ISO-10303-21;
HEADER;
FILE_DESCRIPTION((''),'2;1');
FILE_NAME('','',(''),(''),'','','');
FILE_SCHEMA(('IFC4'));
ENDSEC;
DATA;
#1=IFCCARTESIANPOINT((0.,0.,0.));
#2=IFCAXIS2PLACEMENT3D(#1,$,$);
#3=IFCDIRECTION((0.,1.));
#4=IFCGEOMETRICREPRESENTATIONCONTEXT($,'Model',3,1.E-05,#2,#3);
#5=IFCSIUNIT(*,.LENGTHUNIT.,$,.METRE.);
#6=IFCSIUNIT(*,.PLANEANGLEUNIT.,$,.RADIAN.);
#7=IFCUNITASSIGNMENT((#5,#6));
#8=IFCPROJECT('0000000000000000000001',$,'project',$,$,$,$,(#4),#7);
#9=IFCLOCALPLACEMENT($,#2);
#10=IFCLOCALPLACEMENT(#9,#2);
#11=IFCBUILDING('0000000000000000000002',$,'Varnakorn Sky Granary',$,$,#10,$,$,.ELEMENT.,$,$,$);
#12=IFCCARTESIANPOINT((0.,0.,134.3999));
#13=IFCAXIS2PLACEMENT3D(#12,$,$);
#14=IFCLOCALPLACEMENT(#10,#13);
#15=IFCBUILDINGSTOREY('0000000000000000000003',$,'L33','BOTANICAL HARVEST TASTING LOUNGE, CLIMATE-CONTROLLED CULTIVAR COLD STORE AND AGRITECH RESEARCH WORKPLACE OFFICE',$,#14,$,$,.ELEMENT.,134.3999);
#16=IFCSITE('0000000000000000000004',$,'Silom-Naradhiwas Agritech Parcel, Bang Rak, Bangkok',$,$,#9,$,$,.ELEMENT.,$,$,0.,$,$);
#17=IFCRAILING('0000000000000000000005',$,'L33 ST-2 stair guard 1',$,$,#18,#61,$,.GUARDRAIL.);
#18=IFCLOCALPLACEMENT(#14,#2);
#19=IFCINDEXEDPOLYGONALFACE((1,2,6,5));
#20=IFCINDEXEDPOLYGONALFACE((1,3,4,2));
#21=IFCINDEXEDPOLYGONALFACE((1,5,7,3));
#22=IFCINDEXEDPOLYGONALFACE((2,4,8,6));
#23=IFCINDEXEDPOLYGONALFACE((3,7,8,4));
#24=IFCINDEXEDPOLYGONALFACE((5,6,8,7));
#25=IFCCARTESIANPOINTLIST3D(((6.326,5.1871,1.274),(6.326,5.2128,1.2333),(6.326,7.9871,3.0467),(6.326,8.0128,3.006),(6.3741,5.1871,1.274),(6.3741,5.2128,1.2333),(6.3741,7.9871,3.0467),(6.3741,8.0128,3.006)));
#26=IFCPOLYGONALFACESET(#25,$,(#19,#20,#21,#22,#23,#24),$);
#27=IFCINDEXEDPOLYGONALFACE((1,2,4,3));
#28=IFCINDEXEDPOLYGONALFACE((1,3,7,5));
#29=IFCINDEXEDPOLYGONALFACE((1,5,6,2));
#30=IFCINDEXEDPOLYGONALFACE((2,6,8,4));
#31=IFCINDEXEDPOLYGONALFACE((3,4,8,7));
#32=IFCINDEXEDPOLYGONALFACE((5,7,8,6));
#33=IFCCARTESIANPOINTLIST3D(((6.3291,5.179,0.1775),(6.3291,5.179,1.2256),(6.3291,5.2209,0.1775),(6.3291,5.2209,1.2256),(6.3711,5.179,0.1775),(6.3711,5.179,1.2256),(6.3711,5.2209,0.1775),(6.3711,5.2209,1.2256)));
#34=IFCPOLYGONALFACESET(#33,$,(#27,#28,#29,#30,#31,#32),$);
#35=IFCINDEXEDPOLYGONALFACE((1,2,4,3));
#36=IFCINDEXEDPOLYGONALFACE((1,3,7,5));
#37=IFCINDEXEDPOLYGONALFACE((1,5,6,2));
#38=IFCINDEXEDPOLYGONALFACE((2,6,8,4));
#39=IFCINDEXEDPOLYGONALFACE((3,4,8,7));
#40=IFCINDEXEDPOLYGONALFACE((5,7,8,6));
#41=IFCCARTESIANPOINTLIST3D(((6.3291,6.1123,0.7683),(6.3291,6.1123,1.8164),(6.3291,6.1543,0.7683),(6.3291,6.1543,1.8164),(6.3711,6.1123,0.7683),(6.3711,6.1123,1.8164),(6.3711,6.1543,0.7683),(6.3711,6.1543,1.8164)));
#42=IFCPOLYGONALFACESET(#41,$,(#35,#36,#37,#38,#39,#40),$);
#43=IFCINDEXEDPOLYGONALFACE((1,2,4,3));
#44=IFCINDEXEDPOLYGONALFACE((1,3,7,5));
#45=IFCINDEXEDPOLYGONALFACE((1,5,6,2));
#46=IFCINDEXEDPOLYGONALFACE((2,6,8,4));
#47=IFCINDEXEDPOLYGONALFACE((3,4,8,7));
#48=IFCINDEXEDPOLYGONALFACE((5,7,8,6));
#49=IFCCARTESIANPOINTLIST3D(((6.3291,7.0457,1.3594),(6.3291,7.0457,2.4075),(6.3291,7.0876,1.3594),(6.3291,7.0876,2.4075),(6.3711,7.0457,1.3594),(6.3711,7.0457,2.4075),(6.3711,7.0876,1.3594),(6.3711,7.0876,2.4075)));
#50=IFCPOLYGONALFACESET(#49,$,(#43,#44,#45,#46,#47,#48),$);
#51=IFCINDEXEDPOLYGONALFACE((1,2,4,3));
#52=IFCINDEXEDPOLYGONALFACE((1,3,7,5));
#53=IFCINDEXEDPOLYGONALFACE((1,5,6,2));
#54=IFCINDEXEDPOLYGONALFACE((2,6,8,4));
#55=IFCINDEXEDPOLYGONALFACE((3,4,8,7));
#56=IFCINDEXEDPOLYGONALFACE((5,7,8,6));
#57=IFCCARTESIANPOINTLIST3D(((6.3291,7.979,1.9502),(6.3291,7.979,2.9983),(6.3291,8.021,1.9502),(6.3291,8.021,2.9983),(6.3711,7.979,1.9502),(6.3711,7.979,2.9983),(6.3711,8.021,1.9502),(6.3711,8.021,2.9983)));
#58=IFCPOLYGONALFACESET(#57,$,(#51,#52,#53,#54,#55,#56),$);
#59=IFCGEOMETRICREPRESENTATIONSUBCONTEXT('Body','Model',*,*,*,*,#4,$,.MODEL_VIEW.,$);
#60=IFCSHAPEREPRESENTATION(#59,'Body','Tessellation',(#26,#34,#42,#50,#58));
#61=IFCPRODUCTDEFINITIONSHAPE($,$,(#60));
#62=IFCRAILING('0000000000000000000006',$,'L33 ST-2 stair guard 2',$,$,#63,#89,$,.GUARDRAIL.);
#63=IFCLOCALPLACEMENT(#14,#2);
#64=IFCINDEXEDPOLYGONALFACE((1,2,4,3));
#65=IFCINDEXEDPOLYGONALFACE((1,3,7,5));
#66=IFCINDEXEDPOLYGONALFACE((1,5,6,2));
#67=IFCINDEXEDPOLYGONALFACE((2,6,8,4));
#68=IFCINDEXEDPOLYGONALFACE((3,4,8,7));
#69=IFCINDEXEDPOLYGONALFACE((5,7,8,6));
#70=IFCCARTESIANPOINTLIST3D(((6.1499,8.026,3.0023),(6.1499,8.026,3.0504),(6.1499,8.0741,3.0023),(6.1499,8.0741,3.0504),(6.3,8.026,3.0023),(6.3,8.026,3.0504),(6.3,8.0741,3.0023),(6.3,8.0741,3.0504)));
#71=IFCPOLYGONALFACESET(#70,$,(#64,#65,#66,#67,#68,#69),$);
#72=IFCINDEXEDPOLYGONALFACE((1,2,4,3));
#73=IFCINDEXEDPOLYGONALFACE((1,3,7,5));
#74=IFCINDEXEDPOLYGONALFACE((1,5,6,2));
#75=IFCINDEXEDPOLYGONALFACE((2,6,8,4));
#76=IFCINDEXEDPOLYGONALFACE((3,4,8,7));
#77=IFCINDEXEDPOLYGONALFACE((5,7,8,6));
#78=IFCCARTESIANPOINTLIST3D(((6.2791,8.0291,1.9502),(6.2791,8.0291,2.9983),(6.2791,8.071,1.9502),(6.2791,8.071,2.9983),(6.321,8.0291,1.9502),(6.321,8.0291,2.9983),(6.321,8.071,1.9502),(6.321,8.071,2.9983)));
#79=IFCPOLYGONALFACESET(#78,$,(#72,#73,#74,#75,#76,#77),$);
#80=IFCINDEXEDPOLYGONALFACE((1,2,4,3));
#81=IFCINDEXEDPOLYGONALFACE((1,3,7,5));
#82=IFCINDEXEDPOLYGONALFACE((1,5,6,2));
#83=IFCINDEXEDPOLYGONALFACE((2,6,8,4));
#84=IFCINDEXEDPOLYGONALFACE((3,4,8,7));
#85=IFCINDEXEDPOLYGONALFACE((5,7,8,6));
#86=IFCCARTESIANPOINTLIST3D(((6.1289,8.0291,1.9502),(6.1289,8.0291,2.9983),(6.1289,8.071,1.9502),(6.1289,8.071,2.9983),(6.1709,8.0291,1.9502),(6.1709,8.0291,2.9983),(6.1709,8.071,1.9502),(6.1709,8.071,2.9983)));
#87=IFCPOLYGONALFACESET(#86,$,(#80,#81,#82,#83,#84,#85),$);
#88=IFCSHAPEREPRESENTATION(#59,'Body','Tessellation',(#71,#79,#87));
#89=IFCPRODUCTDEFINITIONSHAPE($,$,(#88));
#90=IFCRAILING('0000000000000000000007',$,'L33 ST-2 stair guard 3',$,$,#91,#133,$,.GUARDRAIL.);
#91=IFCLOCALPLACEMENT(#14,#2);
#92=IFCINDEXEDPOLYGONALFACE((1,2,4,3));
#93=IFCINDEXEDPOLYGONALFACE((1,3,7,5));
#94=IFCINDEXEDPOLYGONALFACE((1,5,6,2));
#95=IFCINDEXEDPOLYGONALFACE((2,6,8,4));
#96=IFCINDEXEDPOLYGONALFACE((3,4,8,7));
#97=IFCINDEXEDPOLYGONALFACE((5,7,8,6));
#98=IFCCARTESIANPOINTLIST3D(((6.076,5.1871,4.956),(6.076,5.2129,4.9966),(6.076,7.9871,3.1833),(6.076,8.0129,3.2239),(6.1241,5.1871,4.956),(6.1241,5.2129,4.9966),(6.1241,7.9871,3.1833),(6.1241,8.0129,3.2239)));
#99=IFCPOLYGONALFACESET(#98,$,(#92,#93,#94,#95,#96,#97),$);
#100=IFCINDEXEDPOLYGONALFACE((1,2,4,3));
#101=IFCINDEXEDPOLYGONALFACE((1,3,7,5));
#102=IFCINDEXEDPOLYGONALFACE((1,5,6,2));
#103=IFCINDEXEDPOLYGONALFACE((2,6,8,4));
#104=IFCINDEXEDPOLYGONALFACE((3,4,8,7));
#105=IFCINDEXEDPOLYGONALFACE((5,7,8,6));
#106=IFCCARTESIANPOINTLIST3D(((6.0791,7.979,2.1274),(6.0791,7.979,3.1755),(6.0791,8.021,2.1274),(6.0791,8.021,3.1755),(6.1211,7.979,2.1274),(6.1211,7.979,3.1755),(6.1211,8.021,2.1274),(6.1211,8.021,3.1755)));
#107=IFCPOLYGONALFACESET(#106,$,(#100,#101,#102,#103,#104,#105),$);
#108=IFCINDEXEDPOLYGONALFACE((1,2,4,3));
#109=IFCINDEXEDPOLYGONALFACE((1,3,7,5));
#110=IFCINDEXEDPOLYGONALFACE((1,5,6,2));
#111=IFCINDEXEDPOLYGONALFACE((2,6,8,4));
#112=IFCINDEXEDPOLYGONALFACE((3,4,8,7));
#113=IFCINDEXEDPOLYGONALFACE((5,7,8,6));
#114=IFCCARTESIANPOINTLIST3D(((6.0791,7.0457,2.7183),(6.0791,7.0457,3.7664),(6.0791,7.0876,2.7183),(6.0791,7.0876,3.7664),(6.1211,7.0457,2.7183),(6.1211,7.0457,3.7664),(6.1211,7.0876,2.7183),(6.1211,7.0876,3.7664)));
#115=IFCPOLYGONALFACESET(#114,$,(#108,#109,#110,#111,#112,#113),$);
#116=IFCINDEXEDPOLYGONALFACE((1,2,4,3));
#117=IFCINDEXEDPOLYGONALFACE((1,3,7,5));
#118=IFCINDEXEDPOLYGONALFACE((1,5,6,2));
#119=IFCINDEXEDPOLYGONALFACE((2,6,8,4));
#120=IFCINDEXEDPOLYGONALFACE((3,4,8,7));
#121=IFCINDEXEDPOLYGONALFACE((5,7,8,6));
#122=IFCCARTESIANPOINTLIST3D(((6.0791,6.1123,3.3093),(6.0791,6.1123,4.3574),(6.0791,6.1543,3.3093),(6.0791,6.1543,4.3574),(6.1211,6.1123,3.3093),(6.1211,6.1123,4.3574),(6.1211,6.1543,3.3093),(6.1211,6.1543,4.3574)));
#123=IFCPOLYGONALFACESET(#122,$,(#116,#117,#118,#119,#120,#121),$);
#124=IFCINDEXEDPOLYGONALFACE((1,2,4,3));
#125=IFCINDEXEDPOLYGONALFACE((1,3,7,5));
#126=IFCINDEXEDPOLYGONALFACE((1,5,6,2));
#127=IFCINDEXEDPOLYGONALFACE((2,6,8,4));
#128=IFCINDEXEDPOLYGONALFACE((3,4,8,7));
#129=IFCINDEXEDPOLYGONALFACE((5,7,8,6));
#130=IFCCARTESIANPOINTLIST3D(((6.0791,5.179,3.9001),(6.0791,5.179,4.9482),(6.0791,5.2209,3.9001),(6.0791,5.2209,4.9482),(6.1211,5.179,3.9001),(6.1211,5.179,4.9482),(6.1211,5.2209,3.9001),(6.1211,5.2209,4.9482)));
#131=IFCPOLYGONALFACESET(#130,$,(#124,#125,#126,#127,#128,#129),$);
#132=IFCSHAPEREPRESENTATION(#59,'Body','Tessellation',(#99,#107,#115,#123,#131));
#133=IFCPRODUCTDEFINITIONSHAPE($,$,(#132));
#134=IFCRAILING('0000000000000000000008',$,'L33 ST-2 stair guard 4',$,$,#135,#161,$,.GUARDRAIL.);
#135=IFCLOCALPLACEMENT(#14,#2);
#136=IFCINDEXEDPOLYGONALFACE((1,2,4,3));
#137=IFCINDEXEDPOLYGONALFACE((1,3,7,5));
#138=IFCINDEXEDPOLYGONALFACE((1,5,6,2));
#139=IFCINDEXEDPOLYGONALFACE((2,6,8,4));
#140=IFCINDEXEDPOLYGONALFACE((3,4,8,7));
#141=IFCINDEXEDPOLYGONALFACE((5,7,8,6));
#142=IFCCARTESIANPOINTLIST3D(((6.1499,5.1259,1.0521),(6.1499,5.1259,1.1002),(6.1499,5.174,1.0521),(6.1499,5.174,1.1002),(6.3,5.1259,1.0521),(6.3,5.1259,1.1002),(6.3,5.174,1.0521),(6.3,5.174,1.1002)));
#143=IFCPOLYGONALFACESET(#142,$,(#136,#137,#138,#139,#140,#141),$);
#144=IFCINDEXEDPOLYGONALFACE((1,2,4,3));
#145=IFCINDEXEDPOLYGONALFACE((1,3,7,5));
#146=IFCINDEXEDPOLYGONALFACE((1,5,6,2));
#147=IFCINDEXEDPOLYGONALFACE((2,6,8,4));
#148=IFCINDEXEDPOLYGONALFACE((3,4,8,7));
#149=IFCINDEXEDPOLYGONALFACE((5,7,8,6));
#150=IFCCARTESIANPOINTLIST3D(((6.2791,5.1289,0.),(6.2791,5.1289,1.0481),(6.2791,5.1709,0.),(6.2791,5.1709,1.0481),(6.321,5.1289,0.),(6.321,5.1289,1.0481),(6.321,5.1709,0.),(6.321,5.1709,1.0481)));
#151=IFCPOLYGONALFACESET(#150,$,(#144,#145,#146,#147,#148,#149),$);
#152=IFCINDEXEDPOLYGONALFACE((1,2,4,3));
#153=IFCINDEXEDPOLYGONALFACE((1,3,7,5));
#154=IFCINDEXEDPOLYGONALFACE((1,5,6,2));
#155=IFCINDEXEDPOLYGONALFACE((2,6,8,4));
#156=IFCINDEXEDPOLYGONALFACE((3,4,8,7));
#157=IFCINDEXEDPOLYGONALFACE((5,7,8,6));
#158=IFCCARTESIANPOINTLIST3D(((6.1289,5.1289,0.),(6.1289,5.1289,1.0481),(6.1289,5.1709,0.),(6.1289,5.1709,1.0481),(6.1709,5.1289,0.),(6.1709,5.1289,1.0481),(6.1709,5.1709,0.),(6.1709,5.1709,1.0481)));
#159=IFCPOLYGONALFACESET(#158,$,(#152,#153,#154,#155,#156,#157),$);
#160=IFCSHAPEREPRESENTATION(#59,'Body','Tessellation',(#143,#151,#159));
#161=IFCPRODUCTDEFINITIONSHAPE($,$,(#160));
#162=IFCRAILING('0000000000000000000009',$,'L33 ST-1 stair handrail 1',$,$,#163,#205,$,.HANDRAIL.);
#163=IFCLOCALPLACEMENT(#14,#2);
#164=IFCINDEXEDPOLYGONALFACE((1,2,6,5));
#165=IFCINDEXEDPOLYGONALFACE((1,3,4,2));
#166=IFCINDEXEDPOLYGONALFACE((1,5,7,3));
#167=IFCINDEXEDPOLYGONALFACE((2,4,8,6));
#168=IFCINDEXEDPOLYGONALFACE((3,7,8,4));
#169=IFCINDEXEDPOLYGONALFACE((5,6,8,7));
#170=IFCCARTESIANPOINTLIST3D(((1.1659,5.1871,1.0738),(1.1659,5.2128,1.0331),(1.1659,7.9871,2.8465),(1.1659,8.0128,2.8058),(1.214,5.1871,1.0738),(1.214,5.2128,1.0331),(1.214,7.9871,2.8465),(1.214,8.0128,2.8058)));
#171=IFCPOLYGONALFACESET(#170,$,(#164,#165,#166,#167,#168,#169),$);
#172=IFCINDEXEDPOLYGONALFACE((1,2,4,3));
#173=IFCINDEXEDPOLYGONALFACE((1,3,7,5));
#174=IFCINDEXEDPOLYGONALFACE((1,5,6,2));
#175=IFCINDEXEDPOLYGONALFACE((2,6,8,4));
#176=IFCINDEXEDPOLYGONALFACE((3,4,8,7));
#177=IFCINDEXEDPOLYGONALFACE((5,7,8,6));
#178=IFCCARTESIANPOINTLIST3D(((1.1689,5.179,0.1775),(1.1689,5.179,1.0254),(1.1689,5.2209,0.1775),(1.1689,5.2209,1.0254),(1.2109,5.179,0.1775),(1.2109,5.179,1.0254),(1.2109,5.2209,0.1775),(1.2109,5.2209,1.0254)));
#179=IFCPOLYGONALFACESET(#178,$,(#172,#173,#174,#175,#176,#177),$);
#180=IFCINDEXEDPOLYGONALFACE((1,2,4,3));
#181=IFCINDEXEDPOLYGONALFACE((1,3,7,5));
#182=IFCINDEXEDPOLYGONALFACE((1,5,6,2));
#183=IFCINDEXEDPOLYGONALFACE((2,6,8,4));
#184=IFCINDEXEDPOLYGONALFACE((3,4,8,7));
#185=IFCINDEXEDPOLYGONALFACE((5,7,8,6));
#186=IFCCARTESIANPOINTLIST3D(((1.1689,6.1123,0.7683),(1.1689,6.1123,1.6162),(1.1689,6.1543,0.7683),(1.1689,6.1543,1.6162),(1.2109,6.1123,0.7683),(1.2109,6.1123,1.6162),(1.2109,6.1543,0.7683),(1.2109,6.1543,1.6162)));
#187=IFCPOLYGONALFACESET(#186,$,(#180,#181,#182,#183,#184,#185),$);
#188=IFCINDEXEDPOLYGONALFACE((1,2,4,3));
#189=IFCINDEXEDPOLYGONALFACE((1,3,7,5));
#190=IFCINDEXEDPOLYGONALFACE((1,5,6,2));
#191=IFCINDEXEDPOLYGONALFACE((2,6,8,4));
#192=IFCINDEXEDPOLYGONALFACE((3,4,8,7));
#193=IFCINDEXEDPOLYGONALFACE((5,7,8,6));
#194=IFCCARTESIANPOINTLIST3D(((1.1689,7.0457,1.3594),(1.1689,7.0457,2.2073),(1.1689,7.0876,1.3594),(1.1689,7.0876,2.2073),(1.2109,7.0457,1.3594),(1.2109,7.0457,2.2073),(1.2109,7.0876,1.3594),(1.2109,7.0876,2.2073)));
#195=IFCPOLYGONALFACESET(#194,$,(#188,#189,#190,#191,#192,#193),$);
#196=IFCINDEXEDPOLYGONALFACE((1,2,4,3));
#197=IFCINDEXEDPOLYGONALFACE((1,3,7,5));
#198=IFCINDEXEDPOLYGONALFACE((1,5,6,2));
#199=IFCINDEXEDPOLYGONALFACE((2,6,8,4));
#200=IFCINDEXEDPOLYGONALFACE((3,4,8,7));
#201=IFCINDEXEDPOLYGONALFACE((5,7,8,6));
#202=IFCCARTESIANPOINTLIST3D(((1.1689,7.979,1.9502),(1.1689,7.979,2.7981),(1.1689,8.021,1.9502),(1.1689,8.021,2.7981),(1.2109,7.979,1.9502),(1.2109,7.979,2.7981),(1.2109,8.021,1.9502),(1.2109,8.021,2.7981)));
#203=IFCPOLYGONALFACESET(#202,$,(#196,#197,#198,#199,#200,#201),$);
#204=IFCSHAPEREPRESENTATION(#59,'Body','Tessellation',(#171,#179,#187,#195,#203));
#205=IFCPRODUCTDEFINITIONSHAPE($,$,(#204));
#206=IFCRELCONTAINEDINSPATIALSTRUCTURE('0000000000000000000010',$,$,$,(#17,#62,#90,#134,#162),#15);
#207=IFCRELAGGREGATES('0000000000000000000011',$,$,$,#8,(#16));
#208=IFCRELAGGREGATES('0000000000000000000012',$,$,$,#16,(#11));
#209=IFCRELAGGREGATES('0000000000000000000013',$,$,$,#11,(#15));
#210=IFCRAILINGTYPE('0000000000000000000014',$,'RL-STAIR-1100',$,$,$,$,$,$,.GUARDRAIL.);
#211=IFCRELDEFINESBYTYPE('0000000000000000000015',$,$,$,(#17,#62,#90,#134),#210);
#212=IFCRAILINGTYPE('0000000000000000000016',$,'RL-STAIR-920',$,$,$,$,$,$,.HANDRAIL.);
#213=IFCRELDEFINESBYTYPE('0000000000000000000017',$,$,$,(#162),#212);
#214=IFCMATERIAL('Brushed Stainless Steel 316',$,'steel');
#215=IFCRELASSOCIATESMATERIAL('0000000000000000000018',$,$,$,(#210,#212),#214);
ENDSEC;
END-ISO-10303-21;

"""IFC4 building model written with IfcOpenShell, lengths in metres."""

from ifc_helpers import new_model, si_unit, direction, frame, origin, origin_2d, place, context, subcontext, project, spatial, rectangle, extrude, material, type_object, element, save


model = new_model("IFC4")

# Units and contexts
model_context = context("Model", 3, precision=1e-05, world=origin(), true_north=direction((0.0, 1.0)))
body_context = subcontext(model_context, "Body", "Model", "MODEL_VIEW")
ifc_project = project(units=[si_unit("LENGTHUNIT", "METRE"), si_unit("PLANEANGLEUNIT", "RADIAN")], contexts=[model_context])

# Site, building, storey
site_placement = place(None, origin())
site = spatial("IfcSite", under=ifc_project, at=site_placement, Name="Silom-Naradhiwas Agritech Parcel, Bang Rak, Bangkok", CompositionType="ELEMENT", RefElevation=0.0)
building_placement = place(site_placement, origin())
building = spatial("IfcBuilding", under=site, at=building_placement, Name="Varnakorn Sky Granary", CompositionType="ELEMENT")
storey_placement = place(building_placement, frame((0.0, 0.0, 134.3999)))
storey = spatial("IfcBuildingStorey", under=building, at=storey_placement, Name="L33", Description="BOTANICAL HARVEST TASTING LOUNGE, CLIMATE-CONTROLLED CULTIVAR COLD STORE AND AGRITECH RESEARCH WORKPLACE OFFICE", CompositionType="ELEMENT", Elevation=134.3999)

# Railings
ifc_material_1 = material(Name="Brushed Stainless Steel 316", Category="steel")
railing_type_1 = type_object("IfcRailingType", Name="RL-STAIR-1100", PredefinedType="GUARDRAIL", material=ifc_material_1)
railing_1_placement = place(storey_placement, frame((6.3501, 5.2, 0.1775)))
element("IfcRailing", 1, at=railing_1_placement, inside=storey, type_object=railing_type_1, Name="L33 ST-2 stair guard 1", PredefinedType="GUARDRAIL", context=body_context, shape_type="SweptSolid", body=[
    extrude(rectangle(XDim=0.0481, YDim=0.0481, at=origin_2d()), frame((0.0, 0.0, 1.0762), z_axis=(0.0, 0.844909, 0.53491), x_axis=(-1.0, 0.0, 0.0)), (0.0, 0.0, 1.0), 3.314),
    extrude(rectangle(XDim=0.042, YDim=0.042, at=origin_2d()), origin(), (0.0, 0.0, 1.0), 1.0481),
    extrude(rectangle(XDim=0.042, YDim=0.042, at=origin_2d()), frame((0.0, 0.9333, 0.5908)), (0.0, 0.0, 1.0), 1.0481),
    extrude(rectangle(XDim=0.042, YDim=0.042, at=origin_2d()), frame((0.0, 1.8667, 1.1819)), (0.0, 0.0, 1.0), 1.0481),
    extrude(rectangle(XDim=0.042, YDim=0.042, at=origin_2d()), frame((0.0, 2.8, 1.7727)), (0.0, 0.0, 1.0), 1.0481),
])
railing_2_placement = place(storey_placement, frame((6.3, 8.05, 1.9502)))
element("IfcRailing", 2, at=railing_2_placement, inside=storey, type_object=railing_type_1, Name="L33 ST-2 stair guard 2", PredefinedType="GUARDRAIL", context=body_context, shape_type="SweptSolid", body=[
    extrude(rectangle(XDim=0.0481, YDim=0.0481, at=origin_2d()), frame((0.0, 0.0, 1.0762), z_axis=(-1.0, 0.0, 0.0), x_axis=(0.0, -1.0, 0.0)), (0.0, 0.0, 1.0), 0.1501),
    extrude(rectangle(XDim=0.042, YDim=0.042, at=origin_2d()), origin(), (0.0, 0.0, 1.0), 1.0481),
    extrude(rectangle(XDim=0.042, YDim=0.042, at=origin_2d()), frame((-0.1501, 0.0, 0.0)), (0.0, 0.0, 1.0), 1.0481),
])
railing_3_placement = place(storey_placement, frame((6.1001, 8.0, 2.1274)))
element("IfcRailing", 3, at=railing_3_placement, inside=storey, type_object=railing_type_1, Name="L33 ST-2 stair guard 3", PredefinedType="GUARDRAIL", context=body_context, shape_type="SweptSolid", body=[
    extrude(rectangle(XDim=0.0481, YDim=0.0481, at=origin_2d()), frame((0.0, 0.0, 1.0762), z_axis=(0.0, -0.844909, 0.53491), x_axis=(1.0, 0.0, 0.0)), (0.0, 0.0, 1.0), 3.314),
    extrude(rectangle(XDim=0.042, YDim=0.042, at=origin_2d()), origin(), (0.0, 0.0, 1.0), 1.0481),
    extrude(rectangle(XDim=0.042, YDim=0.042, at=origin_2d()), frame((0.0, -0.9333, 0.5908)), (0.0, 0.0, 1.0), 1.0481),
    extrude(rectangle(XDim=0.042, YDim=0.042, at=origin_2d()), frame((0.0, -1.8667, 1.1819)), (0.0, 0.0, 1.0), 1.0481),
    extrude(rectangle(XDim=0.042, YDim=0.042, at=origin_2d()), frame((0.0, -2.8, 1.7727)), (0.0, 0.0, 1.0), 1.0481),
])
railing_4_placement = place(storey_placement, frame((6.3, 5.1499, 0.0)))
element("IfcRailing", 4, at=railing_4_placement, inside=storey, type_object=railing_type_1, Name="L33 ST-2 stair guard 4", PredefinedType="GUARDRAIL", context=body_context, shape_type="SweptSolid", body=[
    extrude(rectangle(XDim=0.0481, YDim=0.0481, at=origin_2d()), frame((0.0, 0.0, 1.0762), z_axis=(-1.0, 0.0, 0.0), x_axis=(0.0, -1.0, 0.0)), (0.0, 0.0, 1.0), 0.1501),
    extrude(rectangle(XDim=0.042, YDim=0.042, at=origin_2d()), origin(), (0.0, 0.0, 1.0), 1.0481),
    extrude(rectangle(XDim=0.042, YDim=0.042, at=origin_2d()), frame((-0.1501, 0.0, 0.0)), (0.0, 0.0, 1.0), 1.0481),
])
railing_type_2 = type_object("IfcRailingType", Name="RL-STAIR-920", PredefinedType="HANDRAIL", material=ifc_material_1)
for number, where, name in (
    (5, (1.1899, 5.2, 0.1775), "L33 ST-1 stair handrail 1"),
):
    element("IfcRailing", number, at=place(storey_placement, frame(where)), inside=storey, type_object=railing_type_2, Name=name, PredefinedType="HANDRAIL", context=body_context, shape_type="SweptSolid", body=[
        extrude(rectangle(XDim=0.0481, YDim=0.0481, at=origin_2d()), frame((0.0, 0.0, 0.876), z_axis=(0.0, 0.844909, 0.53491), x_axis=(-1.0, 0.0, 0.0)), (0.0, 0.0, 1.0), 3.314),
        extrude(rectangle(XDim=0.042, YDim=0.042, at=origin_2d()), origin(), (0.0, 0.0, 1.0), 0.8479),
        extrude(rectangle(XDim=0.042, YDim=0.042, at=origin_2d()), frame((0.0, 0.9333, 0.5908)), (0.0, 0.0, 1.0), 0.8479),
        extrude(rectangle(XDim=0.042, YDim=0.042, at=origin_2d()), frame((0.0, 1.8667, 1.1819)), (0.0, 0.0, 1.0), 0.8479),
        extrude(rectangle(XDim=0.042, YDim=0.042, at=origin_2d()), frame((0.0, 2.8, 1.7727)), (0.0, 0.0, 1.0), 0.8479),
    ])

save(model, "model.ifc")
